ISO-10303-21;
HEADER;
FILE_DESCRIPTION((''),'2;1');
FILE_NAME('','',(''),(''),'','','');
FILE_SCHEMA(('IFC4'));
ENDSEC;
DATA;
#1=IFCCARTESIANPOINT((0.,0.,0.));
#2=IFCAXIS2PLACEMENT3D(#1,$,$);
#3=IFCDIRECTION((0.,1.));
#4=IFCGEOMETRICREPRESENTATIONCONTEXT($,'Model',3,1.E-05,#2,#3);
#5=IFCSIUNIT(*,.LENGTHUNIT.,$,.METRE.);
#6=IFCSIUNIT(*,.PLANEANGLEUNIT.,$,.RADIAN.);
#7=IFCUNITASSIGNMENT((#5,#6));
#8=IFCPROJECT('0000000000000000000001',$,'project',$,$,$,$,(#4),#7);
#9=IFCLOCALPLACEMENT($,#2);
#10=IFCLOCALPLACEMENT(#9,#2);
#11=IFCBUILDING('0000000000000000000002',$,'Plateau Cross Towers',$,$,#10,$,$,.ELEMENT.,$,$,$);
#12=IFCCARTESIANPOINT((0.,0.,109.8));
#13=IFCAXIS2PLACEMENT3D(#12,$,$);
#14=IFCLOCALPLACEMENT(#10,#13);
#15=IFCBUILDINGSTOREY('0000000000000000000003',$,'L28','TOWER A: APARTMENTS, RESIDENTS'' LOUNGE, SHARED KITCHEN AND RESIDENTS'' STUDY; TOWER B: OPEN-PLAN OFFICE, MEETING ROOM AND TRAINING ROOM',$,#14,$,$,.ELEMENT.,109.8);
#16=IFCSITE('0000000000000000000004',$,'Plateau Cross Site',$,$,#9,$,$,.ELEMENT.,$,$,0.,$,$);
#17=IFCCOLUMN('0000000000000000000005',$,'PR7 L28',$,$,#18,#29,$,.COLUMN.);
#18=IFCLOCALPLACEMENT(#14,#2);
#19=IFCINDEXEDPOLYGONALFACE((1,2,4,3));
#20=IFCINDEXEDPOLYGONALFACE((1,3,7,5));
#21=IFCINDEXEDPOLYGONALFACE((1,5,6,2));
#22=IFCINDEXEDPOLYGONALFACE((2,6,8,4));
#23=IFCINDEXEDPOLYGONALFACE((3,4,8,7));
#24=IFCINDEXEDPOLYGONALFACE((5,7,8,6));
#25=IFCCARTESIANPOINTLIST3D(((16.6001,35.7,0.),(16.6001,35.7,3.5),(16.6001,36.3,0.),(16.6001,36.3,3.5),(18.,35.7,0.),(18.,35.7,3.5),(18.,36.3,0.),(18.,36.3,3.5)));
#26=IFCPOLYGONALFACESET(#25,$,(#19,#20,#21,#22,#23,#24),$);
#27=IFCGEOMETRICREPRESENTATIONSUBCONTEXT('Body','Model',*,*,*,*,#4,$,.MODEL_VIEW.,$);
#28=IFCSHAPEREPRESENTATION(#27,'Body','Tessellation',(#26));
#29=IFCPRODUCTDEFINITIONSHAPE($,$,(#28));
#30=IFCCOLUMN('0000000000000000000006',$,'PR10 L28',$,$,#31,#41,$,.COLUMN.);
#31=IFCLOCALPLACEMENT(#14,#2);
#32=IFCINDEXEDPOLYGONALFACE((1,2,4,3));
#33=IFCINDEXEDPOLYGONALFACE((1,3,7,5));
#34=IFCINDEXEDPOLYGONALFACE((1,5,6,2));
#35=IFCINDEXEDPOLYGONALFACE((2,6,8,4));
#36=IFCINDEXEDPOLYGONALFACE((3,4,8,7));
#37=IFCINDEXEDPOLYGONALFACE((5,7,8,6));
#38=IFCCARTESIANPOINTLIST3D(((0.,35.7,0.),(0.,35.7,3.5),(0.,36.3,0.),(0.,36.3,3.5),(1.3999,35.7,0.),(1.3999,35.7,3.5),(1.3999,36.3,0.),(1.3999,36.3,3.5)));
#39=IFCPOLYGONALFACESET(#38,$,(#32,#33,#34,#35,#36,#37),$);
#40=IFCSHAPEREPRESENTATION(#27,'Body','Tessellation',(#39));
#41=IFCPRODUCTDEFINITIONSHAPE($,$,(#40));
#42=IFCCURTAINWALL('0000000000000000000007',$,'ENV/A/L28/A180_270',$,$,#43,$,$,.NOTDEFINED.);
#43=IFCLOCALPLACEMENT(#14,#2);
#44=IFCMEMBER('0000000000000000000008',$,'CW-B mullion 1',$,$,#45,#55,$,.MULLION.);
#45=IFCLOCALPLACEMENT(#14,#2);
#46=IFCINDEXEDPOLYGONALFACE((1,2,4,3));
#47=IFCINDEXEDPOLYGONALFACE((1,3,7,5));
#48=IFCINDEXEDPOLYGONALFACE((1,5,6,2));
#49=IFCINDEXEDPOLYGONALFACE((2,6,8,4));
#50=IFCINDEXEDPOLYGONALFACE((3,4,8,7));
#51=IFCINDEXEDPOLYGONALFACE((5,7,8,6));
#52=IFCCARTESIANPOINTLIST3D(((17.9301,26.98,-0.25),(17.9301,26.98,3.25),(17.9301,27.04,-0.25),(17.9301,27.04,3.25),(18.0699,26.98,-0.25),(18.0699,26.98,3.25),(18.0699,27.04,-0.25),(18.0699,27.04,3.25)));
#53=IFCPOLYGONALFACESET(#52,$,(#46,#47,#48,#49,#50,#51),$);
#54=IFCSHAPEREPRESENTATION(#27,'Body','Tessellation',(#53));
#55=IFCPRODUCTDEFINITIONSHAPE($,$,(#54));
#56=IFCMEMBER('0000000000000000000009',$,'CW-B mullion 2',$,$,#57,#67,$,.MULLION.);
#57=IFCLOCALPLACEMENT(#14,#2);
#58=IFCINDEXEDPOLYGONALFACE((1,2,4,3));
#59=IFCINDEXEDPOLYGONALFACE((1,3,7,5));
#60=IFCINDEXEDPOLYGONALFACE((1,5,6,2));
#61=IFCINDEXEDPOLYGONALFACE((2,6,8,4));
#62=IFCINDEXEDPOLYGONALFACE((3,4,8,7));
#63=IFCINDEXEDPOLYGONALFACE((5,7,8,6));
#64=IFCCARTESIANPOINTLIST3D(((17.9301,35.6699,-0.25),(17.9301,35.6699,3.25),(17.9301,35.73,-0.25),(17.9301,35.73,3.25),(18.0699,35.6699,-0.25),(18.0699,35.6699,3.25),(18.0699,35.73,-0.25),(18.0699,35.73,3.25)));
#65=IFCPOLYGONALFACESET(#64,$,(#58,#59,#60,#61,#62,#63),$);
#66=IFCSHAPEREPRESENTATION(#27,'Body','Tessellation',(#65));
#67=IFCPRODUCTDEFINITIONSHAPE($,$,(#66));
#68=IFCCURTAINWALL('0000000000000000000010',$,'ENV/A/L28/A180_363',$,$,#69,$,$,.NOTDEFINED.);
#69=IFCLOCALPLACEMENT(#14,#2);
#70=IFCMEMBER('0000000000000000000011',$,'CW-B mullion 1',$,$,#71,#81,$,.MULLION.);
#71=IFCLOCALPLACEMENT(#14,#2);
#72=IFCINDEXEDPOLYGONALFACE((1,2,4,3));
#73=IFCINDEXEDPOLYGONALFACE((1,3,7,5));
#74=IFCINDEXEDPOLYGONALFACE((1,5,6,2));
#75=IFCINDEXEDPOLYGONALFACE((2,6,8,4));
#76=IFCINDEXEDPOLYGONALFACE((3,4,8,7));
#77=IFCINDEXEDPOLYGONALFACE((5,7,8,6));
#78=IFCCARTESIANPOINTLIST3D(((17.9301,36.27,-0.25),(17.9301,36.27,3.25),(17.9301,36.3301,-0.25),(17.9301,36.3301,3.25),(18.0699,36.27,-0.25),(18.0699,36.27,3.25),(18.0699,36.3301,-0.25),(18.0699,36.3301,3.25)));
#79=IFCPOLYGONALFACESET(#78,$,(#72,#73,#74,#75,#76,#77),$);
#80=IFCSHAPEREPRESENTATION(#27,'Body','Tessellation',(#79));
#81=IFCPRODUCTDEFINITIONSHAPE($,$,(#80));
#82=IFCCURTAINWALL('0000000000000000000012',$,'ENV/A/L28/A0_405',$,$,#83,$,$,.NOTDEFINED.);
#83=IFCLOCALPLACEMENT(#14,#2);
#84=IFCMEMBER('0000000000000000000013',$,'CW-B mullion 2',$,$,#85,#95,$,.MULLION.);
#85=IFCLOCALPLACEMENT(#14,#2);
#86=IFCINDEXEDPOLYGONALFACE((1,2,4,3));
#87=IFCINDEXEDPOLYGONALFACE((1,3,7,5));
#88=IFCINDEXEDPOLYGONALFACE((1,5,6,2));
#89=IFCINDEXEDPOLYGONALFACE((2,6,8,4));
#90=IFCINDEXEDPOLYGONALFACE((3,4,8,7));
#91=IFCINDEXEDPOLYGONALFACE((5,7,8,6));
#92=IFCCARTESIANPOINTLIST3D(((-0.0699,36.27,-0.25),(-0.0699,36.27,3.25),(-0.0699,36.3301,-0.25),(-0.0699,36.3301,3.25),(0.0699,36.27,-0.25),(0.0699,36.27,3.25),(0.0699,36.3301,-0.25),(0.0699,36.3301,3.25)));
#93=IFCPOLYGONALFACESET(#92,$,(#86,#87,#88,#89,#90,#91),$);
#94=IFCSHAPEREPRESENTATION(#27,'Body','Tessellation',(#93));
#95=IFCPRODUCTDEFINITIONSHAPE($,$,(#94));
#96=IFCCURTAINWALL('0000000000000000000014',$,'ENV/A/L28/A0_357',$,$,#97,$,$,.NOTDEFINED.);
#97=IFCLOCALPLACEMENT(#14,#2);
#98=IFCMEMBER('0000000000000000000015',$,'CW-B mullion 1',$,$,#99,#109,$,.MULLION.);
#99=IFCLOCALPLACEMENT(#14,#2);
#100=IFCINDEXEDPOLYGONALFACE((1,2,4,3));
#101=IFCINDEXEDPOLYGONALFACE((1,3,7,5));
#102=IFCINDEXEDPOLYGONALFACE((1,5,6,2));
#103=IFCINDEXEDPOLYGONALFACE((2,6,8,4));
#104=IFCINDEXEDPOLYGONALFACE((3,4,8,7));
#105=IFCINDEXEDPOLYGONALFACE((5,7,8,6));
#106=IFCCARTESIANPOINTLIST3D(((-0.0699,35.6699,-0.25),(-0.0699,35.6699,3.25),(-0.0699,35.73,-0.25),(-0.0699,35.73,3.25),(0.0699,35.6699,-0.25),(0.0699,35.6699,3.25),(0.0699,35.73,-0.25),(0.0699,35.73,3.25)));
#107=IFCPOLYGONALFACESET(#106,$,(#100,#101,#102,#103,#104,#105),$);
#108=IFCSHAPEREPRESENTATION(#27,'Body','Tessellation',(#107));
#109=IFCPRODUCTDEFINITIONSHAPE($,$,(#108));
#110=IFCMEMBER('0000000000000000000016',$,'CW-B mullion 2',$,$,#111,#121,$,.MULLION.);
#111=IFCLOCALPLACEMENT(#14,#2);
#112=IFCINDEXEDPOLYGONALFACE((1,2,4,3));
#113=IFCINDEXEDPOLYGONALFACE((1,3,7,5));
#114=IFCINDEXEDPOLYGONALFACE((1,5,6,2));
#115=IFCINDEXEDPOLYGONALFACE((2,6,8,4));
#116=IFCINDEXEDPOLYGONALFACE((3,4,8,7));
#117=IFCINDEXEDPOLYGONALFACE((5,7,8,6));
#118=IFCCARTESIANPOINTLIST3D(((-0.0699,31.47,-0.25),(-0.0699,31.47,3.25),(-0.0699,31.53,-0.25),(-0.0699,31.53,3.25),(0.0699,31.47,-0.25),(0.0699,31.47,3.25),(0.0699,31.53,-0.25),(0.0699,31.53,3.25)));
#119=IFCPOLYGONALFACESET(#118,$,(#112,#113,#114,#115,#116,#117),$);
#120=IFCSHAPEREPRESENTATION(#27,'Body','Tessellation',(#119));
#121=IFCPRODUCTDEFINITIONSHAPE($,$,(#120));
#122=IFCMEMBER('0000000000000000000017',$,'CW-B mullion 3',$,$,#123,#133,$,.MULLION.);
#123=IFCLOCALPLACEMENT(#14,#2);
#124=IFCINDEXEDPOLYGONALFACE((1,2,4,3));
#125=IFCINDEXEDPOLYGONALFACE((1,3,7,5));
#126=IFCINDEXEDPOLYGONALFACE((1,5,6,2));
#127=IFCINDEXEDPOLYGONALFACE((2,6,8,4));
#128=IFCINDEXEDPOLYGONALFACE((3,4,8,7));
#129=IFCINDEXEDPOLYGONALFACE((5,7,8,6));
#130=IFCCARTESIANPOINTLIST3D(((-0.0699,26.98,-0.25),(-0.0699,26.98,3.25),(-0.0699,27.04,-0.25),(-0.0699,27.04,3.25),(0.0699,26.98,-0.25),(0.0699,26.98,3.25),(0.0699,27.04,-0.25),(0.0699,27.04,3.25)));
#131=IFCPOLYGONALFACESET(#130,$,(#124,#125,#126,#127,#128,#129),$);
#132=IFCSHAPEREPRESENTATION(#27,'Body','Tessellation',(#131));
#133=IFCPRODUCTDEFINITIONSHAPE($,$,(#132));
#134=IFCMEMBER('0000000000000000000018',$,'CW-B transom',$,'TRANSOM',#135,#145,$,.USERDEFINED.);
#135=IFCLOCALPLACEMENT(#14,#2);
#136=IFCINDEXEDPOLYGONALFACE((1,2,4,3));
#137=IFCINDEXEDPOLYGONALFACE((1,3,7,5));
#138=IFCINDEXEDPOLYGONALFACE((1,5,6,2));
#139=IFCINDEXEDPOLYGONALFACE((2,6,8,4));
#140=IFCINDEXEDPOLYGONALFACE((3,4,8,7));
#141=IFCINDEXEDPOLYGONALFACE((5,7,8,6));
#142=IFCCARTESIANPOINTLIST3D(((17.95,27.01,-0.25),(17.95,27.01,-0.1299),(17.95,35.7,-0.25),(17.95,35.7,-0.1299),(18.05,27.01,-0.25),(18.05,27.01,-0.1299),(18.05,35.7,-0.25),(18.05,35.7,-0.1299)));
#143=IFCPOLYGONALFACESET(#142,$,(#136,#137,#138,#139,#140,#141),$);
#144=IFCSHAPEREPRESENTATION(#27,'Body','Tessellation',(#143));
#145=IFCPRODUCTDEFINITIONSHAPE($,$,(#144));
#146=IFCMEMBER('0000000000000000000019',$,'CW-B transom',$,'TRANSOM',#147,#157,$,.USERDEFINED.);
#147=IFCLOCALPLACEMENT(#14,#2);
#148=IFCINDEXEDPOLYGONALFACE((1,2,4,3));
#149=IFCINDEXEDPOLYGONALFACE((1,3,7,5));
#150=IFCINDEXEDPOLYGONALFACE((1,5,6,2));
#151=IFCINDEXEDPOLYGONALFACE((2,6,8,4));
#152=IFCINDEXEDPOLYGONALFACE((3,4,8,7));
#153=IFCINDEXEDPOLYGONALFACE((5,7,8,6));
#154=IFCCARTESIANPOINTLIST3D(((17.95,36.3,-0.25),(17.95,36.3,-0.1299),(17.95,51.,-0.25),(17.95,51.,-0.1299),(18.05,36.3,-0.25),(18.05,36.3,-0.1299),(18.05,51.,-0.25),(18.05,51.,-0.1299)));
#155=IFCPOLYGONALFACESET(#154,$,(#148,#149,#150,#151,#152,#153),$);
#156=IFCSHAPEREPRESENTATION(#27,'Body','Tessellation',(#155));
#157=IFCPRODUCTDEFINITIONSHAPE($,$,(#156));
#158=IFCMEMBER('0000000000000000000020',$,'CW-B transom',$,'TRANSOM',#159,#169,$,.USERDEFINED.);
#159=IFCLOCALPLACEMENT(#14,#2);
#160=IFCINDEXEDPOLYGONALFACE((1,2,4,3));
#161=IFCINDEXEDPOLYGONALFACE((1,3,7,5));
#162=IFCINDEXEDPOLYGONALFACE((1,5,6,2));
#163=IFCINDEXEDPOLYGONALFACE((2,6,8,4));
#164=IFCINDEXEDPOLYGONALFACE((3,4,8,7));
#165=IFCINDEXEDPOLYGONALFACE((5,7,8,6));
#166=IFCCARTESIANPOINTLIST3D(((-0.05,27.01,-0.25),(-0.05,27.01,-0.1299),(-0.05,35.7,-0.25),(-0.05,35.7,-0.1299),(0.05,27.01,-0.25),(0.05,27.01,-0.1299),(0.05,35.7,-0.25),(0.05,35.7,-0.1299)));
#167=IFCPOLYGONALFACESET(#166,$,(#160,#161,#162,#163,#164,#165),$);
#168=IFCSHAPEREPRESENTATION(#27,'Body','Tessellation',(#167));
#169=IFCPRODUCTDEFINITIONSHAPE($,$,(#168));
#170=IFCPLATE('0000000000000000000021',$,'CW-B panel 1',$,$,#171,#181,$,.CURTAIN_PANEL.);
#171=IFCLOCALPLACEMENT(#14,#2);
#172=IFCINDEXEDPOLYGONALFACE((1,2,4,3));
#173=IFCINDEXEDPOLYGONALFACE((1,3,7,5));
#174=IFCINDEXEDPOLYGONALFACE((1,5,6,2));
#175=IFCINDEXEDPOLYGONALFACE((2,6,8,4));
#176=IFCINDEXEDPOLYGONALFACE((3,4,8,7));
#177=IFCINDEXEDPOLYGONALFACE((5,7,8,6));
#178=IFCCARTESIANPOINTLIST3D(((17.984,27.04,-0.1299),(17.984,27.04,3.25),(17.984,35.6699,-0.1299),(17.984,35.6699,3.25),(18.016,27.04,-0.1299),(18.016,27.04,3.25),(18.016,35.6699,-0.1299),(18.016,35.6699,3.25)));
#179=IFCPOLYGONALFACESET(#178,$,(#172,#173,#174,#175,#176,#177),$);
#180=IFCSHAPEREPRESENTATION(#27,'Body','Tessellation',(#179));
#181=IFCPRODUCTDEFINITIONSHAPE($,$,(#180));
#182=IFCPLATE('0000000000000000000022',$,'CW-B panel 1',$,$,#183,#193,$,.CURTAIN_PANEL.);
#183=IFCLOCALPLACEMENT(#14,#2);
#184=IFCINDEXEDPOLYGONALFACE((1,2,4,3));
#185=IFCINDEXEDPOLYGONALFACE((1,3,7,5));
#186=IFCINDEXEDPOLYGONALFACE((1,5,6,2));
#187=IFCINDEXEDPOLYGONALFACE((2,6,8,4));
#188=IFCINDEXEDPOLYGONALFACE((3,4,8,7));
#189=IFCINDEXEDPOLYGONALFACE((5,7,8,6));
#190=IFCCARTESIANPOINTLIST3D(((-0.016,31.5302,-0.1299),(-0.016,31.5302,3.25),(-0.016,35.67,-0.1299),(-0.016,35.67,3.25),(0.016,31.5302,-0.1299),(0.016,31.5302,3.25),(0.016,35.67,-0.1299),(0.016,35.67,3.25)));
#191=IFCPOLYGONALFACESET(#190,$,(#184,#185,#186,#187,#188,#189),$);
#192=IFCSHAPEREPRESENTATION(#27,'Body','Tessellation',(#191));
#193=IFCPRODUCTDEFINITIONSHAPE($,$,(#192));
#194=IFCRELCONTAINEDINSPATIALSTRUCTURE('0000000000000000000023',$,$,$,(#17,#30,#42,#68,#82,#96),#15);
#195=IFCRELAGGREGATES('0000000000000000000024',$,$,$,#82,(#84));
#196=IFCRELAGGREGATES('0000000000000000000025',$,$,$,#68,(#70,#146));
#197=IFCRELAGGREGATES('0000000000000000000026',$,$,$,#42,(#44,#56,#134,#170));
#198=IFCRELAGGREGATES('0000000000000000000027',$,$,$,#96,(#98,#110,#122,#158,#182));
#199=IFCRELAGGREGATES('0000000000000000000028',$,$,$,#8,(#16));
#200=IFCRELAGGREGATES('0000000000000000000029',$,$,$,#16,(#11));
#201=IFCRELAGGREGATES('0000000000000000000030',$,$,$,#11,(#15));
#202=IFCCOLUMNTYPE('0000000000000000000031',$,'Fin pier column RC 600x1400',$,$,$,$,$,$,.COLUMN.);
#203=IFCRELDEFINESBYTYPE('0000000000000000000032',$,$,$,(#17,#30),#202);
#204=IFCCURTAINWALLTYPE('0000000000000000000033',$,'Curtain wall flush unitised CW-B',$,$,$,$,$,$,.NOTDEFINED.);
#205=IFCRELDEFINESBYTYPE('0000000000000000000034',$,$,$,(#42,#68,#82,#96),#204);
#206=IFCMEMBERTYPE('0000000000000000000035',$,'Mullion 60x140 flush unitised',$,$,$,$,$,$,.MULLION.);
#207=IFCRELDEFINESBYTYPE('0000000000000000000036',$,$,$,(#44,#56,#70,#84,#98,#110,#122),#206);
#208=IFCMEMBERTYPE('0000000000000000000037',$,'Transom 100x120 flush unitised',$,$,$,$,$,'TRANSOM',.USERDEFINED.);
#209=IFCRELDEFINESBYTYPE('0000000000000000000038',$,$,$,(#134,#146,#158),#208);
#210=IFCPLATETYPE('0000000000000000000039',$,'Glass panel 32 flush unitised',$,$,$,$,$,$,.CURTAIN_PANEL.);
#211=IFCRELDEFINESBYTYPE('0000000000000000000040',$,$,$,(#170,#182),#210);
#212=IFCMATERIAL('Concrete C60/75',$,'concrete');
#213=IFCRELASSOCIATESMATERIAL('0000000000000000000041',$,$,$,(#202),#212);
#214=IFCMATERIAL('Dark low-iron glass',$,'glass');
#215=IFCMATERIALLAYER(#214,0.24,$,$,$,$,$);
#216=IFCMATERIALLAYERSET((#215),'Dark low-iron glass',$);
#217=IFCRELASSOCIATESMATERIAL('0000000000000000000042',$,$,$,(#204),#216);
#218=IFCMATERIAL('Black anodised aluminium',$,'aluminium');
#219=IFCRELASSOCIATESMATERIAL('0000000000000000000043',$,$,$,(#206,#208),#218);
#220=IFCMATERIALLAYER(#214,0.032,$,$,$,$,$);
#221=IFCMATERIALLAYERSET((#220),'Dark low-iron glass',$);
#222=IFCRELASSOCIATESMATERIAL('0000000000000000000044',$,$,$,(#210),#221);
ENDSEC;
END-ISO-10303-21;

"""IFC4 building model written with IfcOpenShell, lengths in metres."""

from ifc_helpers import new_model, si_unit, direction, frame, origin, origin_2d, place, context, subcontext, project, spatial, rectangle, extrude, material, layer, layer_set, material_profile, profile_set, type_object, element, aggregate, save


model = new_model("IFC4")

# Units and contexts
model_context = context("Model", 3, precision=1e-05, world=origin(), true_north=direction((0.0, 1.0)))
body_context = subcontext(model_context, "Body", "Model", "MODEL_VIEW")
ifc_project = project(units=[si_unit("LENGTHUNIT", "METRE"), si_unit("PLANEANGLEUNIT", "RADIAN")], contexts=[model_context])

# Site, building, storey
site_placement = place(None, origin())
site = spatial("IfcSite", under=ifc_project, at=site_placement, Name="Plateau Cross Site", CompositionType="ELEMENT", RefElevation=0.0)
building_placement = place(site_placement, origin())
building = spatial("IfcBuilding", under=site, at=building_placement, Name="Plateau Cross Towers", CompositionType="ELEMENT")
storey_placement = place(building_placement, frame((0.0, 0.0, 109.8)))
storey = spatial("IfcBuildingStorey", under=building, at=storey_placement, Name="L28", Description="TOWER A: APARTMENTS, RESIDENTS' LOUNGE, SHARED KITCHEN AND RESIDENTS' STUDY; TOWER B: OPEN-PLAN OFFICE, MEETING ROOM AND TRAINING ROOM", CompositionType="ELEMENT", Elevation=109.8)

# Columns
ifc_material_1 = material(Name="Concrete C60/75", Category="concrete")
ifc_material_profile_1 = material_profile(ifc_material_1, rectangle(XDim=0.6001, YDim=1.3999, at=origin_2d()), Name="RC 600x1400")
ifc_profile_set_1 = profile_set([ifc_material_profile_1], Name="Concrete C60/75")
column_type = type_object("IfcColumnType", Name="Fin pier column RC 600x1400", PredefinedType="COLUMN", material=ifc_profile_set_1)
for number, where, z_axis, x_axis, name in (
    (1, (17.3, 36.0, 0.0), (0.0, 0.0, 1.0), (0.0, 1.0, 0.0), "PR7 L28"),
    (2, (0.7, 36.0, 0.0), (0.0, 0.0, 1.0), (0.0, 1.0, 0.0), "PR10 L28"),
):
    element("IfcColumn", number, at=place(storey_placement, frame(where, z_axis=z_axis, x_axis=x_axis)), inside=storey, type_object=column_type, Name=name, PredefinedType="COLUMN", context=body_context, shape_type="SweptSolid", body=[
        extrude(rectangle(XDim=0.6001, YDim=1.3999, at=origin_2d()), origin(), (0.0, 0.0, 1.0), 3.5),
    ])

# Curtain wall, members
ifc_material_2 = material(Name="Dark low-iron glass", Category="glass")
ifc_layer_1 = layer(ifc_material_2, 0.24)
ifc_layer_set_1 = layer_set([ifc_layer_1], Name="Dark low-iron glass")
curtain_wall_type = type_object("IfcCurtainWallType", Name="Curtain wall flush unitised CW-B", PredefinedType="NOTDEFINED", material=ifc_layer_set_1)
curtain_wall_1_placement = place(storey_placement, origin())
curtain_wall_1 = element("IfcCurtainWall", 3, at=curtain_wall_1_placement, inside=storey, type_object=curtain_wall_type, Name="ENV/A/L28/A180_270", PredefinedType="NOTDEFINED")
ifc_material_3 = material(Name="Black anodised aluminium", Category="aluminium")
ifc_material_profile_2 = material_profile(ifc_material_3, rectangle(XDim=0.0601, YDim=0.1399, at=origin_2d()), Name="MULLION 60x140")
ifc_profile_set_2 = profile_set([ifc_material_profile_2], Name="Black anodised aluminium")
member_type_1 = type_object("IfcMemberType", Name="Mullion 60x140 flush unitised", PredefinedType="MULLION", material=ifc_profile_set_2)
member_1_placement = place(storey_placement, frame((18.0, 27.01, -0.25), z_axis=(0.0, 0.0, 1.0), x_axis=(0.0, 1.0, 0.0)))
member_1 = element("IfcMember", 4, at=member_1_placement, type_object=member_type_1, Name="CW-B mullion 1", PredefinedType="MULLION", context=body_context, shape_type="SweptSolid", body=[
    extrude(rectangle(XDim=0.0601, YDim=0.1399, at=origin_2d()), origin(), (0.0, 0.0, 1.0), 3.5),
])
member_2_placement = place(storey_placement, frame((18.0, 35.7, -0.25), z_axis=(0.0, 0.0, 1.0), x_axis=(0.0, 1.0, 0.0)))
member_2 = element("IfcMember", 5, at=member_2_placement, type_object=member_type_1, Name="CW-B mullion 2", PredefinedType="MULLION", context=body_context, shape_type="SweptSolid", body=[
    extrude(rectangle(XDim=0.0601, YDim=0.1399, at=origin_2d()), origin(), (0.0, 0.0, 1.0), 3.5),
])

# Curtain walls, members
curtain_wall_2_placement = place(storey_placement, origin())
curtain_wall_2 = element("IfcCurtainWall", 6, at=curtain_wall_2_placement, inside=storey, type_object=curtain_wall_type, Name="ENV/A/L28/A180_363", PredefinedType="NOTDEFINED")
member_3_placement = place(storey_placement, frame((18.0, 36.3, -0.25), z_axis=(0.0, 0.0, 1.0), x_axis=(0.0, 1.0, 0.0)))
member_3 = element("IfcMember", 7, at=member_3_placement, type_object=member_type_1, Name="CW-B mullion 1", PredefinedType="MULLION", context=body_context, shape_type="SweptSolid", body=[
    extrude(rectangle(XDim=0.0601, YDim=0.1399, at=origin_2d()), origin(), (0.0, 0.0, 1.0), 3.5),
])
curtain_wall_3_placement = place(storey_placement, origin())
curtain_wall_3 = element("IfcCurtainWall", 8, at=curtain_wall_3_placement, inside=storey, type_object=curtain_wall_type, Name="ENV/A/L28/A0_405", PredefinedType="NOTDEFINED")
member_4_placement = place(storey_placement, frame((0.0, 36.3, -0.25), z_axis=(0.0, 0.0, 1.0), x_axis=(0.0, -1.0, 0.0)))
member_4 = element("IfcMember", 9, at=member_4_placement, type_object=member_type_1, Name="CW-B mullion 2", PredefinedType="MULLION", context=body_context, shape_type="SweptSolid", body=[
    extrude(rectangle(XDim=0.0601, YDim=0.1399, at=origin_2d()), origin(), (0.0, 0.0, 1.0), 3.5),
])
aggregate(curtain_wall_3, [member_4])

# Curtain wall, members
curtain_wall_4_placement = place(storey_placement, origin())
curtain_wall_4 = element("IfcCurtainWall", 10, at=curtain_wall_4_placement, inside=storey, type_object=curtain_wall_type, Name="ENV/A/L28/A0_357", PredefinedType="NOTDEFINED")
member_5_placement = place(storey_placement, frame((0.0, 35.7, -0.25), z_axis=(0.0, 0.0, 1.0), x_axis=(0.0, -1.0, 0.0)))
member_5 = element("IfcMember", 11, at=member_5_placement, type_object=member_type_1, Name="CW-B mullion 1", PredefinedType="MULLION", context=body_context, shape_type="SweptSolid", body=[
    extrude(rectangle(XDim=0.0601, YDim=0.1399, at=origin_2d()), origin(), (0.0, 0.0, 1.0), 3.5),
])
member_6_placement = place(storey_placement, frame((0.0, 31.5, -0.25), z_axis=(0.0, 0.0, 1.0), x_axis=(0.0, -1.0, 0.0)))
member_6 = element("IfcMember", 12, at=member_6_placement, type_object=member_type_1, Name="CW-B mullion 2", PredefinedType="MULLION", context=body_context, shape_type="SweptSolid", body=[
    extrude(rectangle(XDim=0.0601, YDim=0.1399, at=origin_2d()), origin(), (0.0, 0.0, 1.0), 3.5),
])
member_7_placement = place(storey_placement, frame((0.0, 27.01, -0.25), z_axis=(0.0, 0.0, 1.0), x_axis=(0.0, -1.0, 0.0)))
member_7 = element("IfcMember", 13, at=member_7_placement, type_object=member_type_1, Name="CW-B mullion 3", PredefinedType="MULLION", context=body_context, shape_type="SweptSolid", body=[
    extrude(rectangle(XDim=0.0601, YDim=0.1399, at=origin_2d()), origin(), (0.0, 0.0, 1.0), 3.5),
])

# Members
ifc_material_profile_3 = material_profile(ifc_material_3, rectangle(XDim=0.1001, YDim=0.1201, at=origin_2d()), Name="TRANSOM 100x120")
ifc_profile_set_3 = profile_set([ifc_material_profile_3], Name="Black anodised aluminium")
member_type_2 = type_object("IfcMemberType", Name="Transom 100x120 flush unitised", ElementType="TRANSOM", PredefinedType="USERDEFINED", material=ifc_profile_set_3)
member_8_placement = place(storey_placement, frame((18.0, 27.01, -0.1899), z_axis=(0.0, 1.0, 0.0), x_axis=(-1.0, 0.0, 0.0)))
member_8 = element("IfcMember", 14, at=member_8_placement, type_object=member_type_2, Name="CW-B transom", ObjectType="TRANSOM", PredefinedType="USERDEFINED", context=body_context, shape_type="SweptSolid", body=[
    extrude(rectangle(XDim=0.1001, YDim=0.1201, at=origin_2d()), origin(), (0.0, 0.0, 1.0), 8.6899),
])
member_9_placement = place(storey_placement, frame((18.0, 36.3, -0.1899), z_axis=(0.0, 1.0, 0.0), x_axis=(-1.0, 0.0, 0.0)))
member_9 = element("IfcMember", 15, at=member_9_placement, type_object=member_type_2, Name="CW-B transom", ObjectType="TRANSOM", PredefinedType="USERDEFINED", context=body_context, shape_type="SweptSolid", body=[
    extrude(rectangle(XDim=0.1001, YDim=0.1201, at=origin_2d()), origin(), (0.0, 0.0, 1.0), 14.7),
])
aggregate(curtain_wall_2, [member_3, member_9])
member_10_placement = place(storey_placement, frame((0.0, 35.7, -0.1899), z_axis=(0.0, -1.0, 0.0), x_axis=(1.0, 0.0, 0.0)))
member_10 = element("IfcMember", 16, at=member_10_placement, type_object=member_type_2, Name="CW-B transom", ObjectType="TRANSOM", PredefinedType="USERDEFINED", context=body_context, shape_type="SweptSolid", body=[
    extrude(rectangle(XDim=0.1001, YDim=0.1201, at=origin_2d()), origin(), (0.0, 0.0, 1.0), 8.6899),
])

# Plates
ifc_layer_2 = layer(ifc_material_2, 0.032)
ifc_layer_set_2 = layer_set([ifc_layer_2], Name="Dark low-iron glass")
plate_type = type_object("IfcPlateType", Name="Glass panel 32 flush unitised", PredefinedType="CURTAIN_PANEL", material=ifc_layer_set_2)
plate_1_placement = place(storey_placement, frame((18.0, 31.355, -0.1299), z_axis=(0.0, 0.0, 1.0), x_axis=(0.0, 1.0, 0.0)))
plate_1 = element("IfcPlate", 17, at=plate_1_placement, type_object=plate_type, Name="CW-B panel 1", PredefinedType="CURTAIN_PANEL", context=body_context, shape_type="SweptSolid", body=[
    extrude(rectangle(XDim=8.6299, YDim=0.032, at=origin_2d()), origin(), (0.0, 0.0, 1.0), 3.3799),
])
aggregate(curtain_wall_1, [member_1, member_2, member_8, plate_1])
plate_2_placement = place(storey_placement, frame((0.0, 33.6001, -0.1299), z_axis=(0.0, 0.0, 1.0), x_axis=(0.0, -1.0, 0.0)))
plate_2 = element("IfcPlate", 18, at=plate_2_placement, type_object=plate_type, Name="CW-B panel 1", PredefinedType="CURTAIN_PANEL", context=body_context, shape_type="SweptSolid", body=[
    extrude(rectangle(XDim=4.1399, YDim=0.032, at=origin_2d()), origin(), (0.0, 0.0, 1.0), 3.3799),
])
aggregate(curtain_wall_4, [member_5, member_6, member_7, member_10, plate_2])

save(model, "model.ifc")
